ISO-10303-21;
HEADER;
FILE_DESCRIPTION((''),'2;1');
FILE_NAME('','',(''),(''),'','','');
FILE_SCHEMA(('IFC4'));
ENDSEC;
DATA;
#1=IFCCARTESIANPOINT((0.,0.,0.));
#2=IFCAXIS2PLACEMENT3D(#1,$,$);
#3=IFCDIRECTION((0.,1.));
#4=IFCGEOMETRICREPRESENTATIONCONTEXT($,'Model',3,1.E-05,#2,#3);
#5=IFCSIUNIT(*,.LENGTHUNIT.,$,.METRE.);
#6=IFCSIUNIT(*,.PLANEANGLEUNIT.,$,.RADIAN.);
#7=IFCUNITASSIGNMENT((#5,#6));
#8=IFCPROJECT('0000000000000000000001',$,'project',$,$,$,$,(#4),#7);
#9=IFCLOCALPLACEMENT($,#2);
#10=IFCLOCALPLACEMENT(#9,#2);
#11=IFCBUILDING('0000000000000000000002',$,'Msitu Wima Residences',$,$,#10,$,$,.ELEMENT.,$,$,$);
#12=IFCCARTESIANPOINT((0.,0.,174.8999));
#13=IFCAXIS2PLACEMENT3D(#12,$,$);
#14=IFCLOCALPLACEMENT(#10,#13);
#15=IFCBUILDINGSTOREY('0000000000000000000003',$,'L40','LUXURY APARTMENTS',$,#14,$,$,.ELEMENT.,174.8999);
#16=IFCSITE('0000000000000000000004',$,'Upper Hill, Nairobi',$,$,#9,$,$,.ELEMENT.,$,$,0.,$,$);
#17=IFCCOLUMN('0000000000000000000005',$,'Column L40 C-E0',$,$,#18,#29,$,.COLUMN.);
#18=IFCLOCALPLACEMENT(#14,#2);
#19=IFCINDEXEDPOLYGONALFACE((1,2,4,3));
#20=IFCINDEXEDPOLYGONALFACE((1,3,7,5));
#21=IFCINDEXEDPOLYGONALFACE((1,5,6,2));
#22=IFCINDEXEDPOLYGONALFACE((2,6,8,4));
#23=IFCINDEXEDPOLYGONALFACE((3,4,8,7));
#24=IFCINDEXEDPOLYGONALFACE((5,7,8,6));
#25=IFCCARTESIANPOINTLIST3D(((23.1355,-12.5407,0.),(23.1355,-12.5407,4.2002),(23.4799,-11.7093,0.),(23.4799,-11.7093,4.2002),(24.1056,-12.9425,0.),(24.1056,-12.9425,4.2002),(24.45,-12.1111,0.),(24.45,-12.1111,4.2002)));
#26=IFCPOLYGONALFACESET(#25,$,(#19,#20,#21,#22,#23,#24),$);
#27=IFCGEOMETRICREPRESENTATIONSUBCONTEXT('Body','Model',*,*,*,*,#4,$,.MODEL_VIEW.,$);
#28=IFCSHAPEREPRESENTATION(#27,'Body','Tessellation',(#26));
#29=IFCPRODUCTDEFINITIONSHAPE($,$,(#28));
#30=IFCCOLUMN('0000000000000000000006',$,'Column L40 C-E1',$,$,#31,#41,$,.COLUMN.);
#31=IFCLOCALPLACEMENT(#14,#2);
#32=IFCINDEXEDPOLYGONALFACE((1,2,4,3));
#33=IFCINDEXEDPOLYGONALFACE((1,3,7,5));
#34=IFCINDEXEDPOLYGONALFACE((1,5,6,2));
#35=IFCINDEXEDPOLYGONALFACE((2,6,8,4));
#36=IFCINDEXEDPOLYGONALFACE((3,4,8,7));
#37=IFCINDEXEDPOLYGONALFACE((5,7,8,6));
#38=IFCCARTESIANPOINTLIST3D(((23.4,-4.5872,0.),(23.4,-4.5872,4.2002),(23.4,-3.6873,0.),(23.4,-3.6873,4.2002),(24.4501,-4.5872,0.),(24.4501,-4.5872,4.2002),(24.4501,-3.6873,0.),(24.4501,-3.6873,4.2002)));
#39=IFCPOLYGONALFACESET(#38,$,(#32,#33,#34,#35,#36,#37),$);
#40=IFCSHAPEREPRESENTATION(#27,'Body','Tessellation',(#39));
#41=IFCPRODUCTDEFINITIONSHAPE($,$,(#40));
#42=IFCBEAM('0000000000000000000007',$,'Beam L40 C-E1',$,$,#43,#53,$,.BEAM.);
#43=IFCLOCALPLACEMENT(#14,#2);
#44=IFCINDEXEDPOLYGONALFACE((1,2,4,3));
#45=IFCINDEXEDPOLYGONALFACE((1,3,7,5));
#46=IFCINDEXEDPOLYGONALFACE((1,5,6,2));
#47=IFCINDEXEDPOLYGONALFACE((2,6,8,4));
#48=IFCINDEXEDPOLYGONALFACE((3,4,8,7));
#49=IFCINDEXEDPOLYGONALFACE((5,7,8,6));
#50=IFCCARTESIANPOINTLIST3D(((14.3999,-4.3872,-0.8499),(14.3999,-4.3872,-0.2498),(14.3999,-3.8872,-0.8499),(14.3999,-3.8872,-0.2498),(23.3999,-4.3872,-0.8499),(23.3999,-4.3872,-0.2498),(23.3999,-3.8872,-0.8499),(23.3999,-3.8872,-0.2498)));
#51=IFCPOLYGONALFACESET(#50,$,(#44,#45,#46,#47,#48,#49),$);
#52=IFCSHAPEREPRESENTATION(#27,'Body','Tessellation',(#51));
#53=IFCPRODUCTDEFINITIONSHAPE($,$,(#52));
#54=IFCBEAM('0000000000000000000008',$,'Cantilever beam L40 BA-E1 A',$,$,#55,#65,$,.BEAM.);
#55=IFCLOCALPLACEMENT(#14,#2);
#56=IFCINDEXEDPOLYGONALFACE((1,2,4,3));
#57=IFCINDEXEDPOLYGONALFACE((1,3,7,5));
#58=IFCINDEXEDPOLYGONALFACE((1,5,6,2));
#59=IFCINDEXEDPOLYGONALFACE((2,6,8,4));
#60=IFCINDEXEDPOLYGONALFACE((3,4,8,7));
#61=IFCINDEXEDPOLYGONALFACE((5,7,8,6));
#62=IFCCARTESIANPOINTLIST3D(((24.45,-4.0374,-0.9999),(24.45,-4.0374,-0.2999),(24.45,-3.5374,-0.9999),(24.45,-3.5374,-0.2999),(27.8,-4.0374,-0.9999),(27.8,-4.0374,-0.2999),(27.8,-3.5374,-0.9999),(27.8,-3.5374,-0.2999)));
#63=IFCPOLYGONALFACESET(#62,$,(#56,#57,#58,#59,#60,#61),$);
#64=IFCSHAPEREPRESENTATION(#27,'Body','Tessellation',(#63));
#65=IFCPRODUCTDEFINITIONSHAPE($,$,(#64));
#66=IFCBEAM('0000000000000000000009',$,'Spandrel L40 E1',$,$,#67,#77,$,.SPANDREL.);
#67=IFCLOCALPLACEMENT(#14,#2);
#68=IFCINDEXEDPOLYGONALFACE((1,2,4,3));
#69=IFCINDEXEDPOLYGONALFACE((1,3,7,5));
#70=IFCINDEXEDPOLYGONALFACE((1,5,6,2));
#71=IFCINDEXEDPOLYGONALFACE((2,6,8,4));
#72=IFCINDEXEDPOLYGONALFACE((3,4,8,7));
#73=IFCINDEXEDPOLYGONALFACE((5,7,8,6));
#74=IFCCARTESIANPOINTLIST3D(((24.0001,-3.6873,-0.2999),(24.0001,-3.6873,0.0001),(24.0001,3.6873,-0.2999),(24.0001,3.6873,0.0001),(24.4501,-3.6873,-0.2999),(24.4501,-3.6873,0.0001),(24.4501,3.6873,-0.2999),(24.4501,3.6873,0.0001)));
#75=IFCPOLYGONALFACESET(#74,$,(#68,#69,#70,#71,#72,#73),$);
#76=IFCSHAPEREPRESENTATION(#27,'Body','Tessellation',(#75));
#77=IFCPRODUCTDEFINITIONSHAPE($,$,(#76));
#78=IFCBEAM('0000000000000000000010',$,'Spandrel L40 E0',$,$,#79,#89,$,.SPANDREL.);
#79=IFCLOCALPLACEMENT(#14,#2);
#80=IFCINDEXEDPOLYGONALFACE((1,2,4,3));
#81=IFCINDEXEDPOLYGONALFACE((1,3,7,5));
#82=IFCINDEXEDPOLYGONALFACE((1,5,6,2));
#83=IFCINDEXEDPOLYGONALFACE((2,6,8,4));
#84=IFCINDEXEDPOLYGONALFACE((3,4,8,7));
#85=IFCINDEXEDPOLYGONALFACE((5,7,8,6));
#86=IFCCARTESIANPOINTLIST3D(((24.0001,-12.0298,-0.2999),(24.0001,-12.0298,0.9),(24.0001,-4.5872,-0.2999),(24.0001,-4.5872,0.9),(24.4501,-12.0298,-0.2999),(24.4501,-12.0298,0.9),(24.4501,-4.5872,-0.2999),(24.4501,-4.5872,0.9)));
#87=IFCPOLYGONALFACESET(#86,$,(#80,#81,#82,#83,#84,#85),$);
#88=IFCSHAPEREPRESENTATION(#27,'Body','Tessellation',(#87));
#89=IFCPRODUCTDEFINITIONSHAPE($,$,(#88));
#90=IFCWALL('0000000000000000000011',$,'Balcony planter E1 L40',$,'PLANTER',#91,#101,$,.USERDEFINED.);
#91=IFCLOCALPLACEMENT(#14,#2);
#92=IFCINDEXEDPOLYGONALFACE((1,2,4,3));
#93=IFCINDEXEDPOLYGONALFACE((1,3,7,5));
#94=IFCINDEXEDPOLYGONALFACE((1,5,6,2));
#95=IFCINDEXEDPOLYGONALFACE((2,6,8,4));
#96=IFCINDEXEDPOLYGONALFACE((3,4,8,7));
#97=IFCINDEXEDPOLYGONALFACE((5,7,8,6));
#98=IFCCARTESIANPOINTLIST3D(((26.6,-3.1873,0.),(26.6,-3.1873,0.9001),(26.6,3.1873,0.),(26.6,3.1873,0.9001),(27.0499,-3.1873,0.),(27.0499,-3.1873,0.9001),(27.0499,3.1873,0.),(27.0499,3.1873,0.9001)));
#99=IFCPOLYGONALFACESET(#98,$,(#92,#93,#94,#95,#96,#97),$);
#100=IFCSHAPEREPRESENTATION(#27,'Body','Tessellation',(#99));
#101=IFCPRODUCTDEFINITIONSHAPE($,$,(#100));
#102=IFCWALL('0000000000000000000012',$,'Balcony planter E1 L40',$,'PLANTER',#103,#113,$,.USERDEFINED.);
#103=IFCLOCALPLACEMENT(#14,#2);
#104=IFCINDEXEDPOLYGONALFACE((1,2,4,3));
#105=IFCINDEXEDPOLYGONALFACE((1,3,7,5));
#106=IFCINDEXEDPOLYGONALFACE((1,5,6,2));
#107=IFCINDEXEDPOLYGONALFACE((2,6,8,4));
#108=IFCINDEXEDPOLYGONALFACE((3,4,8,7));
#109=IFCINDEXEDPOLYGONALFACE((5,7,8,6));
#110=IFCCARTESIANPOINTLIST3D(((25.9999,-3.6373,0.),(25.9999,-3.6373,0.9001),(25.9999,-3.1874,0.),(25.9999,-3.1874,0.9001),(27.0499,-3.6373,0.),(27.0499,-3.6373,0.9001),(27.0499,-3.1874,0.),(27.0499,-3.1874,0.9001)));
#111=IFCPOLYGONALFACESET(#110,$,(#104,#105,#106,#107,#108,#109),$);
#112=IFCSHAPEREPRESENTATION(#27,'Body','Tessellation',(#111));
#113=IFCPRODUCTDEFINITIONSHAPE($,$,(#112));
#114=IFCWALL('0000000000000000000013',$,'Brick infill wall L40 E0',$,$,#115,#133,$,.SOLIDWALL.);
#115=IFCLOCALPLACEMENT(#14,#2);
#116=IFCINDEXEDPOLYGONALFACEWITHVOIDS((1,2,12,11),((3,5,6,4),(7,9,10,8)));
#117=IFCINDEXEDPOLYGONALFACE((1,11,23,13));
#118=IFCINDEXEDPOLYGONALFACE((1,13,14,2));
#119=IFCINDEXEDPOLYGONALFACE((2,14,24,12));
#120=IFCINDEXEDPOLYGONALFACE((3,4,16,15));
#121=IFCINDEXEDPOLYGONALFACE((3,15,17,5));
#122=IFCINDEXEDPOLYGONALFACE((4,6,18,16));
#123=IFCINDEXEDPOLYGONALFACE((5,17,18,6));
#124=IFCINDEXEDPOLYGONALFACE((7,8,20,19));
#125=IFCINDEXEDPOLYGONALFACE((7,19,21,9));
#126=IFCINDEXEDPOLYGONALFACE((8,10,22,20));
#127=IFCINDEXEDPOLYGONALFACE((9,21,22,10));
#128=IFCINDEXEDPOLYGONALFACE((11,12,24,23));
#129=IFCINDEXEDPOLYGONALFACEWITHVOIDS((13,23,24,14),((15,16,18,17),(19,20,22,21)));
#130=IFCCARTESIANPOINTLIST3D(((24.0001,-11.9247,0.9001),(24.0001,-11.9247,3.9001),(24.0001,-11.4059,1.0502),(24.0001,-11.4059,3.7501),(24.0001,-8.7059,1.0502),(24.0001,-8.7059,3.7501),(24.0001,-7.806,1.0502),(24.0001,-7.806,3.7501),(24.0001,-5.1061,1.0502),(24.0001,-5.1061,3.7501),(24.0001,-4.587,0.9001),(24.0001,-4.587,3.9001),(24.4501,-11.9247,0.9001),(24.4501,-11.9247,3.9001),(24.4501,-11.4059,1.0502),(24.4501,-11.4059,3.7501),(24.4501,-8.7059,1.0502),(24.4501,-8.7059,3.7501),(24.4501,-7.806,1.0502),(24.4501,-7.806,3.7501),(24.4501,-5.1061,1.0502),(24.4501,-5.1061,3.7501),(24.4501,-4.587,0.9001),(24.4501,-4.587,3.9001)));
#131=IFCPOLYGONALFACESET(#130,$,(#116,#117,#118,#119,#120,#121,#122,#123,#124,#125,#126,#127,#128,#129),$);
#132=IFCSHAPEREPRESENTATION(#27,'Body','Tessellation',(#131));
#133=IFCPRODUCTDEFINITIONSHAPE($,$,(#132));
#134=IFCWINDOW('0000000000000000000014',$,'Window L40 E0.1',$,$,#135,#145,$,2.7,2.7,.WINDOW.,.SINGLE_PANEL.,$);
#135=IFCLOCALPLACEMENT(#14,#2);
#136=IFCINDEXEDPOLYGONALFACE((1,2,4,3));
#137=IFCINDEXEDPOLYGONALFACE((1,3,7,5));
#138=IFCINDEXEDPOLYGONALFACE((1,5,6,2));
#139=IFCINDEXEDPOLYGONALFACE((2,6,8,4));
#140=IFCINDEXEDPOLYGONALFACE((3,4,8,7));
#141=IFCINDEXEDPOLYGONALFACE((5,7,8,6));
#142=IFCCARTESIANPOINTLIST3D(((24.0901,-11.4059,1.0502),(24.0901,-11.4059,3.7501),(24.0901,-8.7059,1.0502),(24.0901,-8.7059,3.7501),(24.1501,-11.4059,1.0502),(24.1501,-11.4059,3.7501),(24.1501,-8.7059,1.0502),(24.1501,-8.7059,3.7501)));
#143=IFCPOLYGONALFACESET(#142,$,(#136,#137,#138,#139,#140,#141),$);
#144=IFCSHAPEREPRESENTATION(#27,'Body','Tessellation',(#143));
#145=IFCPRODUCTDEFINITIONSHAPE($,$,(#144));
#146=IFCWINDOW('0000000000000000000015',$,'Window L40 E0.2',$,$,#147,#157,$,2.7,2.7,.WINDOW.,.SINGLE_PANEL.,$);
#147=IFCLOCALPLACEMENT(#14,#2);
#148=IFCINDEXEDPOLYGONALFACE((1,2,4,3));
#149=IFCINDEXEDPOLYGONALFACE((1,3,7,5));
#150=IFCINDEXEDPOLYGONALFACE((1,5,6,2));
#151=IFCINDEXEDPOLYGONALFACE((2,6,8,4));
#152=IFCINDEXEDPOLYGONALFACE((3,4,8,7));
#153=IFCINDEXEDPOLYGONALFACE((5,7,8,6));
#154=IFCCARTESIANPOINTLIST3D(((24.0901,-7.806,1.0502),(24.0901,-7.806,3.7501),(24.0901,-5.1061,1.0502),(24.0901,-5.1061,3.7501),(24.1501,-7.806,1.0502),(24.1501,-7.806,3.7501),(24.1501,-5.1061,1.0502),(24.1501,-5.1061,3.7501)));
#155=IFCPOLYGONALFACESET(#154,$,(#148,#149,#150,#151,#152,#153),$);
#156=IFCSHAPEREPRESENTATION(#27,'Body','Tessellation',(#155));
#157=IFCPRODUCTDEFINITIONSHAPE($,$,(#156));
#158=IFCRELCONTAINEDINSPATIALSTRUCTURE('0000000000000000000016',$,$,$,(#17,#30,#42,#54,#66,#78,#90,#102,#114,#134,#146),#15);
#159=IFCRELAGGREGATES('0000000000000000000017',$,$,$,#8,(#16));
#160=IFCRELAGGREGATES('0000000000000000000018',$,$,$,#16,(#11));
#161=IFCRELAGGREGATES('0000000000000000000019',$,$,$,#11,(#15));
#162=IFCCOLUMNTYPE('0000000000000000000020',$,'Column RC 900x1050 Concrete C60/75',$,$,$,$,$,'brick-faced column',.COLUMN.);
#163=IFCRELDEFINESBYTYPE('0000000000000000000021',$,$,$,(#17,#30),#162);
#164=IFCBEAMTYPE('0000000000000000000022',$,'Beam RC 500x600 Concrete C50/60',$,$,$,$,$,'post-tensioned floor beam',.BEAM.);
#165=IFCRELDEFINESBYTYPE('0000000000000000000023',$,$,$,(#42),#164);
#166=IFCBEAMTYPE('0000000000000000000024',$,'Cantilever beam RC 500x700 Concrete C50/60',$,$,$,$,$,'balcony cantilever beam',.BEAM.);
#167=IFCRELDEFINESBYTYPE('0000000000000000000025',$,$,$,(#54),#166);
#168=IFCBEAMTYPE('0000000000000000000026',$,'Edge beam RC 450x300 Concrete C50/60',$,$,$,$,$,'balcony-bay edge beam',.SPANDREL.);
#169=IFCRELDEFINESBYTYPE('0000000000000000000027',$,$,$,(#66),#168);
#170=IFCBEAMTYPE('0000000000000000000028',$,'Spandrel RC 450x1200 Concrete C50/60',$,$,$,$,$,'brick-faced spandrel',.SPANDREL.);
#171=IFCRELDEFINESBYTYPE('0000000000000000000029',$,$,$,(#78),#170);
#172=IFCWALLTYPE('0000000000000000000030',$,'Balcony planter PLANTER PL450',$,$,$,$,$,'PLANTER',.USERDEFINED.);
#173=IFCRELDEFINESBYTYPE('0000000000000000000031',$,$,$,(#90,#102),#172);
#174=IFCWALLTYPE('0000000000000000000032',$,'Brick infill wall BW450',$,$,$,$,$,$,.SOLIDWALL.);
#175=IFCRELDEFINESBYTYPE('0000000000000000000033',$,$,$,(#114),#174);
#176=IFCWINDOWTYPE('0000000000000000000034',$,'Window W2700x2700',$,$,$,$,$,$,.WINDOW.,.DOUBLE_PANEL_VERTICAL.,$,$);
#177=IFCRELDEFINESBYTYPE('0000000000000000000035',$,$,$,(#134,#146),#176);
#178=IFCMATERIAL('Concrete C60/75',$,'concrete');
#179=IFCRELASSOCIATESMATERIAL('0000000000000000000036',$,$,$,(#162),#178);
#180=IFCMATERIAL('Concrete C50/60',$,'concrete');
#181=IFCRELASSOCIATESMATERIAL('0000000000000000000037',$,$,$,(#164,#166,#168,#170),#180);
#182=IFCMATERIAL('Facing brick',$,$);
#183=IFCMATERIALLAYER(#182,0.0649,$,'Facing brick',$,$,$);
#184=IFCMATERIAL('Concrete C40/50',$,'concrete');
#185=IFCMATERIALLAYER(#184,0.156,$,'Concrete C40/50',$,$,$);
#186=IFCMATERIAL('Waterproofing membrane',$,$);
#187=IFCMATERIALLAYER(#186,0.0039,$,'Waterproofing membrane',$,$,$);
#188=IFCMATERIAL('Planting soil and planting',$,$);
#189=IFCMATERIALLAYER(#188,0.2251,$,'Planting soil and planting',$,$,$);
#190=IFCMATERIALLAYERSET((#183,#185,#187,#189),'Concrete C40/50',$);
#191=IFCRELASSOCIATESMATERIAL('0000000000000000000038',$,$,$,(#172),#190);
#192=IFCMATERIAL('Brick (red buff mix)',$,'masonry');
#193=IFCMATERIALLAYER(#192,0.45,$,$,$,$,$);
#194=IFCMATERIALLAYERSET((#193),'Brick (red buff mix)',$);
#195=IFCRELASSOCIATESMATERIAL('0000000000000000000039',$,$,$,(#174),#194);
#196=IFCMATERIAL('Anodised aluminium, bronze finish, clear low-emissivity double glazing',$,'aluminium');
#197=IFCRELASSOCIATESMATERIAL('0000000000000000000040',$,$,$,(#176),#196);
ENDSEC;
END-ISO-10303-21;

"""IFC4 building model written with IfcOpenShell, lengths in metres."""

from ifc_helpers import new_model, si_unit, direction, frame, frame_2d, origin, origin_2d, place, context, subcontext, project, spatial, rectangle, extrude, material, layer, layer_set, material_profile, profile_set, type_object, element, fill, save


model = new_model("IFC4")

# Units and contexts
model_context = context("Model", 3, precision=1e-05, world=origin(), true_north=direction((0.0, 1.0)))
body_context = subcontext(model_context, "Body", "Model", "MODEL_VIEW")
ifc_project = project(units=[si_unit("LENGTHUNIT", "METRE"), si_unit("PLANEANGLEUNIT", "RADIAN")], contexts=[model_context])

# Site, building, storey
site_placement = place(None, origin())
site = spatial("IfcSite", under=ifc_project, at=site_placement, Name="Upper Hill, Nairobi", CompositionType="ELEMENT", RefElevation=0.0)
building_placement = place(site_placement, origin())
building = spatial("IfcBuilding", under=site, at=building_placement, Name="Msitu Wima Residences", CompositionType="ELEMENT")
storey_placement = place(building_placement, frame((0.0, 0.0, 174.8999)))
storey = spatial("IfcBuildingStorey", under=building, at=storey_placement, Name="L40", Description="LUXURY APARTMENTS", CompositionType="ELEMENT", Elevation=174.8999)

# Columns
ifc_material_1 = material(Name="Concrete C60/75", Category="concrete")
ifc_material_profile_1 = material_profile(ifc_material_1, rectangle(XDim=0.8999, YDim=1.05, at=origin_2d()), Name="RC 900x1050")
ifc_profile_set_1 = profile_set([ifc_material_profile_1], Name="Concrete C60/75")
column_type = type_object("IfcColumnType", Name="Column RC 900x1050 Concrete C60/75", ElementType="brick-faced column", PredefinedType="COLUMN", material=ifc_profile_set_1)
for number, where, z_axis, x_axis, name in (
    (1, (23.7927, -12.3259, 0.0), (0.0, 0.0, 1.0), (0.382683, 0.92388, 0.0), "Column L40 C-E0"),
    (2, (23.925, -4.1372, 0.0), (0.0, 0.0, 1.0), (0.0, 1.0, 0.0), "Column L40 C-E1"),
):
    element("IfcColumn", number, at=place(storey_placement, frame(where, z_axis=z_axis, x_axis=x_axis)), inside=storey, type_object=column_type, Name=name, PredefinedType="COLUMN", context=body_context, shape_type="SweptSolid", body=[
        extrude(rectangle(XDim=0.8999, YDim=1.05, at=origin_2d()), origin(), (0.0, 0.0, 1.0), 4.2002),
    ])

# Beams
ifc_material_2 = material(Name="Concrete C50/60", Category="concrete")
ifc_material_profile_2 = material_profile(ifc_material_2, rectangle(XDim=0.5, YDim=0.6001, at=origin_2d()), Name="RC 500x600")
ifc_profile_set_2 = profile_set([ifc_material_profile_2], Name="Concrete C50/60")
beam_type_1 = type_object("IfcBeamType", Name="Beam RC 500x600 Concrete C50/60", ElementType="post-tensioned floor beam", PredefinedType="BEAM", material=ifc_profile_set_2)
beam_1_placement = place(storey_placement, frame((23.3999, -4.1372, -0.5498), z_axis=(-1.0, 0.0, 0.0), x_axis=(0.0, -1.0, 0.0)))
element("IfcBeam", 3, at=beam_1_placement, inside=storey, type_object=beam_type_1, Name="Beam L40 C-E1", PredefinedType="BEAM", context=body_context, shape_type="SweptSolid", body=[
    extrude(rectangle(XDim=0.5, YDim=0.6001, at=origin_2d()), origin(), (0.0, 0.0, 1.0), 9.0),
])
ifc_material_profile_3 = material_profile(ifc_material_2, rectangle(XDim=0.5, YDim=0.7, at=origin_2d()), Name="RC 500x700")
ifc_profile_set_3 = profile_set([ifc_material_profile_3], Name="Concrete C50/60")
beam_type_2 = type_object("IfcBeamType", Name="Cantilever beam RC 500x700 Concrete C50/60", ElementType="balcony cantilever beam", PredefinedType="BEAM", material=ifc_profile_set_3)
beam_2_placement = place(storey_placement, frame((24.45, -3.7874, -0.6499), z_axis=(1.0, 0.0, 0.0), x_axis=(0.0, 1.0, 0.0)))
element("IfcBeam", 4, at=beam_2_placement, inside=storey, type_object=beam_type_2, Name="Cantilever beam L40 BA-E1 A", PredefinedType="BEAM", context=body_context, shape_type="SweptSolid", body=[
    extrude(rectangle(XDim=0.5, YDim=0.7, at=origin_2d()), origin(), (0.0, 0.0, 1.0), 3.3501),
])
ifc_material_profile_4 = material_profile(ifc_material_2, rectangle(XDim=0.45, YDim=0.3, at=origin_2d()), Name="RC 450x300")
ifc_profile_set_4 = profile_set([ifc_material_profile_4], Name="Concrete C50/60")
beam_type_3 = type_object("IfcBeamType", Name="Edge beam RC 450x300 Concrete C50/60", ElementType="balcony-bay edge beam", PredefinedType="SPANDREL", material=ifc_profile_set_4)
beam_3_placement = place(storey_placement, frame((24.2251, -3.6873, -0.1499), z_axis=(0.0, 1.0, 0.0), x_axis=(-1.0, 0.0, 0.0)))
element("IfcBeam", 5, at=beam_3_placement, inside=storey, type_object=beam_type_3, Name="Spandrel L40 E1", PredefinedType="SPANDREL", context=body_context, shape_type="SweptSolid", body=[
    extrude(rectangle(XDim=0.45, YDim=0.3, at=origin_2d()), origin(), (0.0, 0.0, 1.0), 7.3745),
])
ifc_material_profile_5 = material_profile(ifc_material_2, rectangle(XDim=0.45, YDim=1.2, at=origin_2d()), Name="RC 450x1200")
ifc_profile_set_5 = profile_set([ifc_material_profile_5], Name="Concrete C50/60")
beam_type_4 = type_object("IfcBeamType", Name="Spandrel RC 450x1200 Concrete C50/60", ElementType="brick-faced spandrel", PredefinedType="SPANDREL", material=ifc_profile_set_5)
beam_4_placement = place(storey_placement, frame((24.2251, -12.0298, 0.3), z_axis=(0.0, 1.0, 0.0), x_axis=(-1.0, 0.0, 0.0)))
element("IfcBeam", 6, at=beam_4_placement, inside=storey, type_object=beam_type_4, Name="Spandrel L40 E0", PredefinedType="SPANDREL", context=body_context, shape_type="SweptSolid", body=[
    extrude(rectangle(XDim=0.45, YDim=1.2, at=origin_2d()), origin(), (0.0, 0.0, 1.0), 7.4426),
])

# Walls
ifc_material_3 = material(Name="Facing brick")
ifc_layer_1 = layer(ifc_material_3, 0.0649, Name="Facing brick")
ifc_material_4 = material(Name="Concrete C40/50", Category="concrete")
ifc_layer_2 = layer(ifc_material_4, 0.156, Name="Concrete C40/50")
ifc_material_5 = material(Name="Waterproofing membrane")
ifc_layer_3 = layer(ifc_material_5, 0.0039, Name="Waterproofing membrane")
ifc_material_6 = material(Name="Planting soil and planting")
ifc_layer_4 = layer(ifc_material_6, 0.2251, Name="Planting soil and planting")
ifc_layer_set_1 = layer_set([ifc_layer_1, ifc_layer_2, ifc_layer_3, ifc_layer_4], Name="Concrete C40/50")
wall_type_1 = type_object("IfcWallType", Name="Balcony planter PLANTER PL450", ElementType="PLANTER", PredefinedType="USERDEFINED", material=ifc_layer_set_1)
wall_1_placement = place(storey_placement, frame((26.825, -3.1873, 0.0), z_axis=(0.0, 0.0, 1.0), x_axis=(0.0, 1.0, 0.0)))
element("IfcWall", 7, at=wall_1_placement, inside=storey, type_object=wall_type_1, Name="Balcony planter E1 L40", ObjectType="PLANTER", PredefinedType="USERDEFINED", context=body_context, shape_type="SweptSolid", body=[
    extrude(rectangle(XDim=6.3745, YDim=0.45, at=frame_2d((3.1873, 0.0))), origin(), (0.0, 0.0, 1.0), 0.9001),
])
wall_2_placement = place(storey_placement, frame((26.0, -3.4124, 0.0), z_axis=(0.0, 0.0, 1.0), x_axis=(1.0, 0.0, 0.0)))
element("IfcWall", 8, at=wall_2_placement, inside=storey, type_object=wall_type_1, Name="Balcony planter E1 L40", ObjectType="PLANTER", PredefinedType="USERDEFINED", context=body_context, shape_type="SweptSolid", body=[
    extrude(rectangle(XDim=1.05, YDim=0.45, at=frame_2d((0.5249, 0.0))), origin(), (0.0, 0.0, 1.0), 0.9001),
])

# Wall, openings, windows
ifc_material_7 = material(Name="Brick (red buff mix)", Category="masonry")
ifc_layer_5 = layer(ifc_material_7, 0.45)
ifc_layer_set_2 = layer_set([ifc_layer_5], Name="Brick (red buff mix)")
wall_type_2 = type_object("IfcWallType", Name="Brick infill wall BW450", PredefinedType="SOLIDWALL", material=ifc_layer_set_2)
wall_3_placement = place(storey_placement, frame((24.2251, -11.9248, 0.9001), z_axis=(0.0, 0.0, 1.0), x_axis=(0.0, 1.0, 0.0)))
wall_3 = element("IfcWall", 9, at=wall_3_placement, inside=storey, type_object=wall_type_2, Name="Brick infill wall L40 E0", PredefinedType="SOLIDWALL", context=body_context, shape_type="SweptSolid", body=[
    extrude(rectangle(XDim=7.3376, YDim=0.45, at=frame_2d((3.6689, 0.0))), origin(), (0.0, 0.0, 1.0), 3.0),
])
opening_1_placement = place(wall_3_placement, frame((0.5188, 0.0, 0.1499)))
opening_1 = element("IfcOpeningElement", 10, at=opening_1_placement, cuts=wall_3, PredefinedType="OPENING", context=body_context, shape_type="SweptSolid", body=[
    extrude(rectangle(XDim=2.7, YDim=2.7, at=frame_2d((1.3501, 1.3501))), frame((0.0, 0.2349, 0.0), z_axis=(0.0, -1.0, 0.0), x_axis=(1.0, 0.0, 0.0)), (0.0, 0.0, 1.0), 0.47),
])
opening_2_placement = place(wall_3_placement, frame((4.1187, 0.0, 0.1499)))
opening_2 = element("IfcOpeningElement", 11, at=opening_2_placement, cuts=wall_3, PredefinedType="OPENING", context=body_context, shape_type="SweptSolid", body=[
    extrude(rectangle(XDim=2.7, YDim=2.7, at=frame_2d((1.3501, 1.3501))), frame((0.0, 0.2349, 0.0), z_axis=(0.0, -1.0, 0.0), x_axis=(1.0, 0.0, 0.0)), (0.0, 0.0, 1.0), 0.47),
])
ifc_material_8 = material(Name="Anodised aluminium, bronze finish, clear low-emissivity double glazing", Category="aluminium")
window_type = type_object("IfcWindowType", Name="Window W2700x2700", PartitioningType="DOUBLE_PANEL_VERTICAL", PredefinedType="WINDOW", material=ifc_material_8)
window_1_placement = place(opening_1_placement, origin())
window_1 = element("IfcWindow", 12, at=window_1_placement, inside=storey, type_object=window_type, Name="Window L40 E0.1", OverallHeight=2.7, OverallWidth=2.7, PartitioningType="SINGLE_PANEL", PredefinedType="WINDOW", context=body_context, shape_type="SweptSolid", body=[
    extrude(rectangle(XDim=2.7, YDim=2.7, at=frame_2d((1.3501, 1.3501))), frame((0.0, 0.135, 0.0), z_axis=(0.0, -1.0, 0.0), x_axis=(1.0, 0.0, 0.0)), (0.0, 0.0, 1.0), 0.0601),
])
fill(opening_1, window_1)
window_2_placement = place(opening_2_placement, origin())
window_2 = element("IfcWindow", 13, at=window_2_placement, inside=storey, type_object=window_type, Name="Window L40 E0.2", OverallHeight=2.7, OverallWidth=2.7, PartitioningType="SINGLE_PANEL", PredefinedType="WINDOW", context=body_context, shape_type="SweptSolid", body=[
    extrude(rectangle(XDim=2.7, YDim=2.7, at=frame_2d((1.3501, 1.3501))), frame((0.0, 0.135, 0.0), z_axis=(0.0, -1.0, 0.0), x_axis=(1.0, 0.0, 0.0)), (0.0, 0.0, 1.0), 0.0601),
])
fill(opening_2, window_2)

save(model, "model.ifc")
